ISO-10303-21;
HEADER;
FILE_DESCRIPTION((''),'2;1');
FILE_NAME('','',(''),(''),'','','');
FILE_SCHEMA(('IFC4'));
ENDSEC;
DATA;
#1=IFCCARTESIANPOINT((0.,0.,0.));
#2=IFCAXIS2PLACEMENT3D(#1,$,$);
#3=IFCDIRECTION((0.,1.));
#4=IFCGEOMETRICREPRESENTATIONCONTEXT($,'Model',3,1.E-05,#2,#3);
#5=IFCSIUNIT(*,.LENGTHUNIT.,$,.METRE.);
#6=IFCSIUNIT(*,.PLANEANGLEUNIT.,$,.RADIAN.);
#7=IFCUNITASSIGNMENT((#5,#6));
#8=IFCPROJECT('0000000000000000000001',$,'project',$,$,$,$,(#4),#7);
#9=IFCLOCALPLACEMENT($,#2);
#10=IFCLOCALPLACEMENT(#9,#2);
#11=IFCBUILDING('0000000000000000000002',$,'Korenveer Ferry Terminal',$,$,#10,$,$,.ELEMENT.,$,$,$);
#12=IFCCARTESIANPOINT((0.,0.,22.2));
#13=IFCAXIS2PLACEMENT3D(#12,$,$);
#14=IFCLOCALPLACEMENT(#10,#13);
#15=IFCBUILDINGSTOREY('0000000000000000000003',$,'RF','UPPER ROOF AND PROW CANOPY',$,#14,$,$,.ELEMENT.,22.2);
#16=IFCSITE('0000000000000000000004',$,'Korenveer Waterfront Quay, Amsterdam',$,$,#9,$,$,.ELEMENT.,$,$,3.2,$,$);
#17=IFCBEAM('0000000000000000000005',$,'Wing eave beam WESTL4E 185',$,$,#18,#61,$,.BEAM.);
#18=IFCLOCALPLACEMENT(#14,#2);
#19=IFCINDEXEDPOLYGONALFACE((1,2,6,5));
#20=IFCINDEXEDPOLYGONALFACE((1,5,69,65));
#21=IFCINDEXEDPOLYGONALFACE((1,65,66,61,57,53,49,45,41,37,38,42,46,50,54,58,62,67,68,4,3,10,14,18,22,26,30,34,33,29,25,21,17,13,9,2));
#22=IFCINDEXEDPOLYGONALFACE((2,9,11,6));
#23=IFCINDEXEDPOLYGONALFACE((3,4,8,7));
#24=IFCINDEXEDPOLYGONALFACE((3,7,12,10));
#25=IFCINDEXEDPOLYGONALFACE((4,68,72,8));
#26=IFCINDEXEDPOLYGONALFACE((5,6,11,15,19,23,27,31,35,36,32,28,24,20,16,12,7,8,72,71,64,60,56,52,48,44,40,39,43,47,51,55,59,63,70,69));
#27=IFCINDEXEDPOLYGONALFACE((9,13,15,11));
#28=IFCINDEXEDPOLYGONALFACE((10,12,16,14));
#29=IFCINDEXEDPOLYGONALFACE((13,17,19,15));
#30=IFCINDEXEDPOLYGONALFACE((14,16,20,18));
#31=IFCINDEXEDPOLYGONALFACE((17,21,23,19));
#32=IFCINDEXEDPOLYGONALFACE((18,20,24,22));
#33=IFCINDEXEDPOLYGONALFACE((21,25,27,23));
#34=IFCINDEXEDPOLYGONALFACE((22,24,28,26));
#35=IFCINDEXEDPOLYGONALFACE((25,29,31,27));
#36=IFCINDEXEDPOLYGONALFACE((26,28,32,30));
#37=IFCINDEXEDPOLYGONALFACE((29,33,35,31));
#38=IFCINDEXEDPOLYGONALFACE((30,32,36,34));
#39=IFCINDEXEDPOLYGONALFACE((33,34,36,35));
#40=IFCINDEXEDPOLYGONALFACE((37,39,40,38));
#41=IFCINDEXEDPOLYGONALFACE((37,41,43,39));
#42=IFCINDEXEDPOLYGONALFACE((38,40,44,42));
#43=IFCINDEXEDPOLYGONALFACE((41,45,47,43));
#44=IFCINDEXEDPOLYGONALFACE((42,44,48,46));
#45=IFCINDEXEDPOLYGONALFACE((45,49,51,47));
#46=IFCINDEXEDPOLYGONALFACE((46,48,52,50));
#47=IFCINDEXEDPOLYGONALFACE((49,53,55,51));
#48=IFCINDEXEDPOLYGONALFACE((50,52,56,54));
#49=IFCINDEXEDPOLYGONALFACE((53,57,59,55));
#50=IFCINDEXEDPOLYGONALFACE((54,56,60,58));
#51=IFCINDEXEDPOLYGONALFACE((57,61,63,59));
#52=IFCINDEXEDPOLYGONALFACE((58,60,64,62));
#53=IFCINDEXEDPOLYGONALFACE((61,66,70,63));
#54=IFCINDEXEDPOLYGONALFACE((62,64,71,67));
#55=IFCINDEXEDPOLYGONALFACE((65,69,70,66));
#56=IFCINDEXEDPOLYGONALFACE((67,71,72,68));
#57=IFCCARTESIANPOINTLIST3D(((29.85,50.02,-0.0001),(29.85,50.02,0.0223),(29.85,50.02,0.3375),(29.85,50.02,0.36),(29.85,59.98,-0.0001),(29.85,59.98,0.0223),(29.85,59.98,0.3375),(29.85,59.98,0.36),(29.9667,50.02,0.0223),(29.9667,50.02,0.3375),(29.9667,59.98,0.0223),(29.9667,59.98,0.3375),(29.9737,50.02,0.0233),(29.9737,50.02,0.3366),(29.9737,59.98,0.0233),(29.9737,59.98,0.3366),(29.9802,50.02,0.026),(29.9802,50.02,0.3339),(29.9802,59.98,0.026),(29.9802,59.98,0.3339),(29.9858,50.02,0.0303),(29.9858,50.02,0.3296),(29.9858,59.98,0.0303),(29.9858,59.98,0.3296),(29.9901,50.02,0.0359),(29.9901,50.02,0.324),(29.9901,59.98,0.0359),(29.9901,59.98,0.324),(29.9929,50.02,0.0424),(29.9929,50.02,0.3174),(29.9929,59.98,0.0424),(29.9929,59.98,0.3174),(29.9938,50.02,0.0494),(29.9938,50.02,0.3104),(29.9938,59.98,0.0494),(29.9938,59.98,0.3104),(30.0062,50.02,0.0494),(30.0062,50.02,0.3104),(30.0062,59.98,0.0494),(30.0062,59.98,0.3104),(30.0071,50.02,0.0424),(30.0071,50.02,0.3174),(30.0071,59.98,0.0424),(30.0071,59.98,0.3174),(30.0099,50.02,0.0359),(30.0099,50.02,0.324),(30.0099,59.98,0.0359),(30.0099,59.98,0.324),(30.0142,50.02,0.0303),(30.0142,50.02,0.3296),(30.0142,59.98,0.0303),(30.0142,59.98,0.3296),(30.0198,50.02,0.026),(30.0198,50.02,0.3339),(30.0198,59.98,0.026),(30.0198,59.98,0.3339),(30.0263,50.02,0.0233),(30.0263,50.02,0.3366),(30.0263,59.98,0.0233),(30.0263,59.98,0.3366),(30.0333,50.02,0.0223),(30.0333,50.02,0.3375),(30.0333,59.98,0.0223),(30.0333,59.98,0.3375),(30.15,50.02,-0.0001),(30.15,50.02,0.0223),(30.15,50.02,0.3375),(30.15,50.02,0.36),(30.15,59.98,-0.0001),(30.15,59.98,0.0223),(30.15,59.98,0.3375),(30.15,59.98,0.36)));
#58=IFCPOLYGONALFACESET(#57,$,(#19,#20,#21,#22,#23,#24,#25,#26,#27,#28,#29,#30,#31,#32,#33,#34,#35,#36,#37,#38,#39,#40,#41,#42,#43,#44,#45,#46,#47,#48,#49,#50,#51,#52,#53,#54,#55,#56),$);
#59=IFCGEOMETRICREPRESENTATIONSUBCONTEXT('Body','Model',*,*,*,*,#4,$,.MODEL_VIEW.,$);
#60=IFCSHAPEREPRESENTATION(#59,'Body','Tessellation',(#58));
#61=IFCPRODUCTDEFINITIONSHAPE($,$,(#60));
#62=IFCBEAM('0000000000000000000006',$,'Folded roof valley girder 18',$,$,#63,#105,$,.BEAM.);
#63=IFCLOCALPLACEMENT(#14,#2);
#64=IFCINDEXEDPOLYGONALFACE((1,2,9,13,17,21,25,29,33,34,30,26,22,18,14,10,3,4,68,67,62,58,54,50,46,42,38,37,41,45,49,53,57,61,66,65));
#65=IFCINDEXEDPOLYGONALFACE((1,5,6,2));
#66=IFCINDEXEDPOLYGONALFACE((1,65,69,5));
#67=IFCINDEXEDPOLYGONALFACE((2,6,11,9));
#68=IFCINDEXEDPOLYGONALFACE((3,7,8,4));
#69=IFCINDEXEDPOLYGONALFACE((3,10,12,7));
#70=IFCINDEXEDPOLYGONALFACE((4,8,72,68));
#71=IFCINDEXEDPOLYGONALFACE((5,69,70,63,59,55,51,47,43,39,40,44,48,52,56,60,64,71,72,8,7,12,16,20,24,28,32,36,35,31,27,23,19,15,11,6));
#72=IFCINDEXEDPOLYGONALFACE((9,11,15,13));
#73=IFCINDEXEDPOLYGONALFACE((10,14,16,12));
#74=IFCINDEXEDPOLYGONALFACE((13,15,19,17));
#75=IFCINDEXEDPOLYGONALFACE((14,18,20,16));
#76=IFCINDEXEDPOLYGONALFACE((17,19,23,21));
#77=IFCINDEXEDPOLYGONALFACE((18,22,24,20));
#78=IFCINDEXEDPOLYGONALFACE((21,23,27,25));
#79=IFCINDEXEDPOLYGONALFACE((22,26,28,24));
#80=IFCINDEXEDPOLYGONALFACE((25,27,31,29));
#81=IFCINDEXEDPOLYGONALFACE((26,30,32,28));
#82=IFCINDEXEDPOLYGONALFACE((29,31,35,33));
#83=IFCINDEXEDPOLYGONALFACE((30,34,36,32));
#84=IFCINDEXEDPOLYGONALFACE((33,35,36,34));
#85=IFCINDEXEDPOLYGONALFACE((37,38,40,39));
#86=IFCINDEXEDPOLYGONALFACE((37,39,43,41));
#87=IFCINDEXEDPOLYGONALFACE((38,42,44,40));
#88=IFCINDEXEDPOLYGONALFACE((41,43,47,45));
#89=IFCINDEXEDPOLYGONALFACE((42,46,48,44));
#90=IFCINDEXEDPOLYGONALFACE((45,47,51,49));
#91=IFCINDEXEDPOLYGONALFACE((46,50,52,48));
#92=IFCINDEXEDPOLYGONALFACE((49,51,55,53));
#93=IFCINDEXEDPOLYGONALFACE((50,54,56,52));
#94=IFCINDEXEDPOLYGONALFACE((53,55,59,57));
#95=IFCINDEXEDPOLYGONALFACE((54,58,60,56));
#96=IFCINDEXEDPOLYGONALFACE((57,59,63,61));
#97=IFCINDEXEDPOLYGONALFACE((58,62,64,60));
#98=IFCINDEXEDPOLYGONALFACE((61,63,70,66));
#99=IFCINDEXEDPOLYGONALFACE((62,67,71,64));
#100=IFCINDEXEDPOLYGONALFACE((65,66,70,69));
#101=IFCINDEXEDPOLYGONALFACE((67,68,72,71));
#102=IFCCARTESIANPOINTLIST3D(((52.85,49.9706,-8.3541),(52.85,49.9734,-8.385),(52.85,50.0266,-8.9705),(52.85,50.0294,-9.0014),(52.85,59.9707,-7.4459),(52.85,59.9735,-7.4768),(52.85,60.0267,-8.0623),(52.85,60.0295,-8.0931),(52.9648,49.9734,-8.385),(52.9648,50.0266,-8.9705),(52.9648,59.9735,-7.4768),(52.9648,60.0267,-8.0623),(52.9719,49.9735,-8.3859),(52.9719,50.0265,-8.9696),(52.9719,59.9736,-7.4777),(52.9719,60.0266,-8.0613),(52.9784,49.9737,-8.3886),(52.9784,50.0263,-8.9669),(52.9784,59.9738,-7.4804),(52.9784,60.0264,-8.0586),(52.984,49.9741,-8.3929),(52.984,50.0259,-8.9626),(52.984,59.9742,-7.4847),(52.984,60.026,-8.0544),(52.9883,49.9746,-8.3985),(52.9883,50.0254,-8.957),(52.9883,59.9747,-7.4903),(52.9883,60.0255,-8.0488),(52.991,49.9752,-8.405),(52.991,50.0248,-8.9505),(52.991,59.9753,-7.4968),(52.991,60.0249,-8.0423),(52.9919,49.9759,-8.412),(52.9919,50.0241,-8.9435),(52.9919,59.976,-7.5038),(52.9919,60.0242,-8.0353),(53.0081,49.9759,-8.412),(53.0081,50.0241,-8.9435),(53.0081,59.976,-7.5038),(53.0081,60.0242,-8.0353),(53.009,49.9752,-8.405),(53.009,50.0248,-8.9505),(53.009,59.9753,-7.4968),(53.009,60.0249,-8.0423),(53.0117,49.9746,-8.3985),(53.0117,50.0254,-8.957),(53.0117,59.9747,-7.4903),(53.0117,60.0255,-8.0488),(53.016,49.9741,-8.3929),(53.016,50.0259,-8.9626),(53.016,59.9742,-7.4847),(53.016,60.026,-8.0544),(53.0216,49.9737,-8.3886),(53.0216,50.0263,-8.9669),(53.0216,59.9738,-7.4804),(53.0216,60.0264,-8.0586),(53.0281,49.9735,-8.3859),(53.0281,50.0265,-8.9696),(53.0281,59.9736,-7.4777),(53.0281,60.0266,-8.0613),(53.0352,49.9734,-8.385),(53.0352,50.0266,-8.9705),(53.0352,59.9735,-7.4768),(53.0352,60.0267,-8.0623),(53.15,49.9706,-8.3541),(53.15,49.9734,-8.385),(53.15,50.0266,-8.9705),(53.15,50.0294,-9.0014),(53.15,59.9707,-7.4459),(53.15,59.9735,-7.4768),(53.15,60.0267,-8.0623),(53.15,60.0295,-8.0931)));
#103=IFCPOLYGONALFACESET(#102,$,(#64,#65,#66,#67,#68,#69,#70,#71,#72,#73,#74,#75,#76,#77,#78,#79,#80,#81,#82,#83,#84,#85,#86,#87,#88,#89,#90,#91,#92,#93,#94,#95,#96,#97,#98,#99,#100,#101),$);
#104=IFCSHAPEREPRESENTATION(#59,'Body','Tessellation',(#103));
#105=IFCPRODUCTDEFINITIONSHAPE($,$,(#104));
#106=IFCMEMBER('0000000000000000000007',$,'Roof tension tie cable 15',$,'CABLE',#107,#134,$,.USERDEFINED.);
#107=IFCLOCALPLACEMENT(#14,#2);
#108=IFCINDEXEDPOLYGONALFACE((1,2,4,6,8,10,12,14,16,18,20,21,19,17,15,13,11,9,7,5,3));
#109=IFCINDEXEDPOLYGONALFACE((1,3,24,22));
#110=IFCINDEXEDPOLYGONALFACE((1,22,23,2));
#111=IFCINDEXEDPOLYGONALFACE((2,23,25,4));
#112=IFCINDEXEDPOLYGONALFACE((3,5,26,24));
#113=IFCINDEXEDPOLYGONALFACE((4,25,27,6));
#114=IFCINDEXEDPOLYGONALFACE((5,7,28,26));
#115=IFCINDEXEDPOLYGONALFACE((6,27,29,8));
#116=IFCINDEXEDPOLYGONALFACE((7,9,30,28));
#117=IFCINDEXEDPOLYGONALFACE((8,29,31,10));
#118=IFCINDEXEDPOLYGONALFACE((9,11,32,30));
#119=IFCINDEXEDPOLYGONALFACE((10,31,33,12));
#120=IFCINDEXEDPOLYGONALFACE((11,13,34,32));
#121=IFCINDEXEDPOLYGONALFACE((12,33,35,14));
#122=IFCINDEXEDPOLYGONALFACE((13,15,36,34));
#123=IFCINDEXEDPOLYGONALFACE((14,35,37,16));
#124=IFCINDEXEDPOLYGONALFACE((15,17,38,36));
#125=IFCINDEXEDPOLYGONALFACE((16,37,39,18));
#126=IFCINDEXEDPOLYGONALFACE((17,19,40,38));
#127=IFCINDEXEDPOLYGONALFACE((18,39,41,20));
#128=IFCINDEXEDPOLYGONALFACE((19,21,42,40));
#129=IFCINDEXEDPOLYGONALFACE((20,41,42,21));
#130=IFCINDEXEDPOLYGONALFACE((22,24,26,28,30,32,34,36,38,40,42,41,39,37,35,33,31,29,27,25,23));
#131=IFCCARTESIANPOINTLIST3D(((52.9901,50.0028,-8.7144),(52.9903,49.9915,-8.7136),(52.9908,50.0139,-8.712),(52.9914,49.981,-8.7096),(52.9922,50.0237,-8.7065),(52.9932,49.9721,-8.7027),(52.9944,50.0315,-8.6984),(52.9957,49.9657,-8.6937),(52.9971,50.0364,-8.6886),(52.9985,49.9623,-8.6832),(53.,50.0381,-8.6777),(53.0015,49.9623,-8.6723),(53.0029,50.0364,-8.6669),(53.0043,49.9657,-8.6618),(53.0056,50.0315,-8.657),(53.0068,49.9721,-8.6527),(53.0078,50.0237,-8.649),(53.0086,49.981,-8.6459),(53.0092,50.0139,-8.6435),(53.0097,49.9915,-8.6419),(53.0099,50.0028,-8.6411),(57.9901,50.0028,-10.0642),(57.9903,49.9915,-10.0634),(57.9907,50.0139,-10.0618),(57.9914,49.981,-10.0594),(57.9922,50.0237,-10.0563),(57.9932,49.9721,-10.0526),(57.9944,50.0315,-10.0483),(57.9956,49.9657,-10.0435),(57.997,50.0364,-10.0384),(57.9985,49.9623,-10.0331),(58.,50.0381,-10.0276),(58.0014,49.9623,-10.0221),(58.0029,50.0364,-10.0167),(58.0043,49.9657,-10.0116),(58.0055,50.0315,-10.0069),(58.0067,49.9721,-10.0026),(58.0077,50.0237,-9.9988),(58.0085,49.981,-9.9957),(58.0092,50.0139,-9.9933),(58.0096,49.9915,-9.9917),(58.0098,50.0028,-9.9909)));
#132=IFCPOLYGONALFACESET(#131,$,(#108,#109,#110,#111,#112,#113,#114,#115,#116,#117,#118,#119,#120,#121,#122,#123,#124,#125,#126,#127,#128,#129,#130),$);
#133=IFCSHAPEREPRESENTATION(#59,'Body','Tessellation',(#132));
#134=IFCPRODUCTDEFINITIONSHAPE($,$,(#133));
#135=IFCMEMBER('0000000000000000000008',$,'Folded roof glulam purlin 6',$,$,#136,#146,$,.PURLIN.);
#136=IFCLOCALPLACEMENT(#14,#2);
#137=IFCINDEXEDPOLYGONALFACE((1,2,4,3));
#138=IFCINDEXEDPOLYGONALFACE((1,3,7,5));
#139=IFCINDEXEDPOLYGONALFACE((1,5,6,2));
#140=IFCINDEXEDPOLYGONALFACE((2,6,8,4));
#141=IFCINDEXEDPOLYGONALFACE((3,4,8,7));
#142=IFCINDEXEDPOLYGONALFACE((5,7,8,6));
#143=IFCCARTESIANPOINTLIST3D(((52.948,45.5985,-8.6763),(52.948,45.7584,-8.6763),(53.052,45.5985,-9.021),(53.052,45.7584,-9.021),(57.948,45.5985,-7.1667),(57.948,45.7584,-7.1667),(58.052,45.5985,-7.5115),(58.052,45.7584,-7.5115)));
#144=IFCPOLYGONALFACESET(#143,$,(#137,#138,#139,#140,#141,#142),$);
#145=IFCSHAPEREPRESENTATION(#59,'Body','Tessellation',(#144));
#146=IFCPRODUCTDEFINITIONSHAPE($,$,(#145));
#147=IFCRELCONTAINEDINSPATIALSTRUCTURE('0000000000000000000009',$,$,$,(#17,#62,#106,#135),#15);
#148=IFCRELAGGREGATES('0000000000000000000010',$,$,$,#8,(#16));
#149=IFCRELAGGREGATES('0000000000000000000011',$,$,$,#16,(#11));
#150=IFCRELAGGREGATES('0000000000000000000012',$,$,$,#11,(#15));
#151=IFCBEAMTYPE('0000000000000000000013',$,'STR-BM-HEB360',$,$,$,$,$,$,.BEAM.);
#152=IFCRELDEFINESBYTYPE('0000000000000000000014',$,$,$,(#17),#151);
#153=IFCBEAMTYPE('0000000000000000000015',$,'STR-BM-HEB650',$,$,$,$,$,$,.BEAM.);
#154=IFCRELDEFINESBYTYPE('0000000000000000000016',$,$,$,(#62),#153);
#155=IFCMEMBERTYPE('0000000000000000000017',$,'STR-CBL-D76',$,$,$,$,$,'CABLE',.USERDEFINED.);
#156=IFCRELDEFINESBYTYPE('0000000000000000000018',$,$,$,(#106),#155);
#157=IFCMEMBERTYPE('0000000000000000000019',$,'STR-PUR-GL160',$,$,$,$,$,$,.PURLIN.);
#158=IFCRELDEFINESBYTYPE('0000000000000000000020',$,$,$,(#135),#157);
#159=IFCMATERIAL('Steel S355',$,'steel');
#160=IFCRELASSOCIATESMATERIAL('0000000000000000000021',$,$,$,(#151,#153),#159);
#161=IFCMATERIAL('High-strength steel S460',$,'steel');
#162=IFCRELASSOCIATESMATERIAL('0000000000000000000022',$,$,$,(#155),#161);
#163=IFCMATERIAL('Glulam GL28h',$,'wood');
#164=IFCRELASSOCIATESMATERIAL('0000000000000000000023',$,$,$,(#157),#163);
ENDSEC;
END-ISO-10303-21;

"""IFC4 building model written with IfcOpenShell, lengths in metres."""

from ifc_helpers import new_model, si_unit, direction, frame, origin, origin_2d, place, context, subcontext, project, spatial, rectangle, circle, i_section, extrude, material, material_profile, profile_set, type_object, element, save


model = new_model("IFC4")

# Units and contexts
model_context = context("Model", 3, precision=1e-05, world=origin(), true_north=direction((0.0, 1.0)))
body_context = subcontext(model_context, "Body", "Model", "MODEL_VIEW")
ifc_project = project(units=[si_unit("LENGTHUNIT", "METRE"), si_unit("PLANEANGLEUNIT", "RADIAN")], contexts=[model_context])

# Site, building, storey
site_placement = place(None, origin())
site = spatial("IfcSite", under=ifc_project, at=site_placement, Name="Korenveer Waterfront Quay, Amsterdam", CompositionType="ELEMENT", RefElevation=3.2)
building_placement = place(site_placement, origin())
building = spatial("IfcBuilding", under=site, at=building_placement, Name="Korenveer Ferry Terminal", CompositionType="ELEMENT")
storey_placement = place(building_placement, frame((0.0, 0.0, 22.2)))
storey = spatial("IfcBuildingStorey", under=building, at=storey_placement, Name="RF", Description="UPPER ROOF AND PROW CANOPY", CompositionType="ELEMENT", Elevation=22.2)

# Beams
ifc_material_1 = material(Name="Steel S355", Category="steel")
ifc_material_profile_1 = material_profile(ifc_material_1, i_section(OverallWidth=0.3, OverallDepth=0.3601, WebThickness=0.0125, FlangeThickness=0.0225, FilletRadius=0.0271, at=origin_2d()), Name="HEB 360")
ifc_profile_set_1 = profile_set([ifc_material_profile_1], Name="Steel S355")
beam_type_1 = type_object("IfcBeamType", Name="STR-BM-HEB360", PredefinedType="BEAM", material=ifc_profile_set_1)
beam_1_placement = place(storey_placement, frame((30.0, 50.02, 0.1799), z_axis=(0.0, 1.0, 0.0), x_axis=(-1.0, 0.0, 0.0)))
element("IfcBeam", 1, at=beam_1_placement, inside=storey, type_object=beam_type_1, Name="Wing eave beam WESTL4E 185", PredefinedType="BEAM", context=body_context, shape_type="SweptSolid", body=[
    extrude(i_section(OverallWidth=0.3, OverallDepth=0.3601, WebThickness=0.0125, FlangeThickness=0.0225, FilletRadius=0.0271, at=origin_2d()), origin(), (0.0, 0.0, 1.0), 9.96),
])
ifc_material_profile_2 = material_profile(ifc_material_1, i_section(OverallWidth=0.3, OverallDepth=0.6499, WebThickness=0.0161, FlangeThickness=0.031, FilletRadius=0.0271, at=origin_2d()), Name="HEB 650")
ifc_profile_set_2 = profile_set([ifc_material_profile_2], Name="Steel S355")
beam_type_2 = type_object("IfcBeamType", Name="STR-BM-HEB650", PredefinedType="BEAM", material=ifc_profile_set_2)
beam_2_placement = place(storey_placement, frame((53.0, 50.0, -8.6777), z_axis=(0.0, 0.995901, 0.090448), x_axis=(-1.0, 0.0, 0.0)))
element("IfcBeam", 2, at=beam_2_placement, inside=storey, type_object=beam_type_2, Name="Folded roof valley girder 18", PredefinedType="BEAM", context=body_context, shape_type="SweptSolid", body=[
    extrude(i_section(OverallWidth=0.3, OverallDepth=0.6499, WebThickness=0.0161, FlangeThickness=0.031, FilletRadius=0.0271, at=origin_2d()), origin(), (0.0, 0.0, 1.0), 10.0413),
])

# Members
ifc_material_2 = material(Name="High-strength steel S460", Category="steel")
ifc_material_profile_3 = material_profile(ifc_material_2, circle(Radius=0.0381, at=origin_2d()), Name="ROD D76")
ifc_profile_set_3 = profile_set([ifc_material_profile_3], Name="High-strength steel S460")
member_type_1 = type_object("IfcMemberType", Name="STR-CBL-D76", ElementType="CABLE", PredefinedType="USERDEFINED", material=ifc_profile_set_3)
member_1_placement = place(storey_placement, frame((53.0, 50.0, -8.6777), z_axis=(0.965436, 0.0, -0.260639), x_axis=(0.0, 1.0, 0.0)))
element("IfcMember", 3, at=member_1_placement, inside=storey, type_object=member_type_1, Name="Roof tension tie cable 15", ObjectType="CABLE", PredefinedType="USERDEFINED", context=body_context, shape_type="SweptSolid", body=[
    extrude(circle(Radius=0.0381, at=origin_2d()), origin(), (0.0, 0.0, 1.0), 5.179),
])
ifc_material_3 = material(Name="Glulam GL28h", Category="wood")
ifc_material_profile_4 = material_profile(ifc_material_3, rectangle(XDim=0.1599, YDim=0.3601, at=origin_2d()), Name="GL 160x360")
ifc_profile_set_4 = profile_set([ifc_material_profile_4], Name="Glulam GL28h")
member_type_2 = type_object("IfcMemberType", Name="STR-PUR-GL160", PredefinedType="PURLIN", material=ifc_profile_set_4)
member_2_placement = place(storey_placement, frame((53.0, 45.6785, -8.8486), z_axis=(0.957323, 0.0, 0.28902), x_axis=(0.0, 1.0, 0.0)))
element("IfcMember", 4, at=member_2_placement, inside=storey, type_object=member_type_2, Name="Folded roof glulam purlin 6", PredefinedType="PURLIN", context=body_context, shape_type="SweptSolid", body=[
    extrude(rectangle(XDim=0.1599, YDim=0.3601, at=origin_2d()), origin(), (0.0, 0.0, 1.0), 5.2229),
])

save(model, "model.ifc")
